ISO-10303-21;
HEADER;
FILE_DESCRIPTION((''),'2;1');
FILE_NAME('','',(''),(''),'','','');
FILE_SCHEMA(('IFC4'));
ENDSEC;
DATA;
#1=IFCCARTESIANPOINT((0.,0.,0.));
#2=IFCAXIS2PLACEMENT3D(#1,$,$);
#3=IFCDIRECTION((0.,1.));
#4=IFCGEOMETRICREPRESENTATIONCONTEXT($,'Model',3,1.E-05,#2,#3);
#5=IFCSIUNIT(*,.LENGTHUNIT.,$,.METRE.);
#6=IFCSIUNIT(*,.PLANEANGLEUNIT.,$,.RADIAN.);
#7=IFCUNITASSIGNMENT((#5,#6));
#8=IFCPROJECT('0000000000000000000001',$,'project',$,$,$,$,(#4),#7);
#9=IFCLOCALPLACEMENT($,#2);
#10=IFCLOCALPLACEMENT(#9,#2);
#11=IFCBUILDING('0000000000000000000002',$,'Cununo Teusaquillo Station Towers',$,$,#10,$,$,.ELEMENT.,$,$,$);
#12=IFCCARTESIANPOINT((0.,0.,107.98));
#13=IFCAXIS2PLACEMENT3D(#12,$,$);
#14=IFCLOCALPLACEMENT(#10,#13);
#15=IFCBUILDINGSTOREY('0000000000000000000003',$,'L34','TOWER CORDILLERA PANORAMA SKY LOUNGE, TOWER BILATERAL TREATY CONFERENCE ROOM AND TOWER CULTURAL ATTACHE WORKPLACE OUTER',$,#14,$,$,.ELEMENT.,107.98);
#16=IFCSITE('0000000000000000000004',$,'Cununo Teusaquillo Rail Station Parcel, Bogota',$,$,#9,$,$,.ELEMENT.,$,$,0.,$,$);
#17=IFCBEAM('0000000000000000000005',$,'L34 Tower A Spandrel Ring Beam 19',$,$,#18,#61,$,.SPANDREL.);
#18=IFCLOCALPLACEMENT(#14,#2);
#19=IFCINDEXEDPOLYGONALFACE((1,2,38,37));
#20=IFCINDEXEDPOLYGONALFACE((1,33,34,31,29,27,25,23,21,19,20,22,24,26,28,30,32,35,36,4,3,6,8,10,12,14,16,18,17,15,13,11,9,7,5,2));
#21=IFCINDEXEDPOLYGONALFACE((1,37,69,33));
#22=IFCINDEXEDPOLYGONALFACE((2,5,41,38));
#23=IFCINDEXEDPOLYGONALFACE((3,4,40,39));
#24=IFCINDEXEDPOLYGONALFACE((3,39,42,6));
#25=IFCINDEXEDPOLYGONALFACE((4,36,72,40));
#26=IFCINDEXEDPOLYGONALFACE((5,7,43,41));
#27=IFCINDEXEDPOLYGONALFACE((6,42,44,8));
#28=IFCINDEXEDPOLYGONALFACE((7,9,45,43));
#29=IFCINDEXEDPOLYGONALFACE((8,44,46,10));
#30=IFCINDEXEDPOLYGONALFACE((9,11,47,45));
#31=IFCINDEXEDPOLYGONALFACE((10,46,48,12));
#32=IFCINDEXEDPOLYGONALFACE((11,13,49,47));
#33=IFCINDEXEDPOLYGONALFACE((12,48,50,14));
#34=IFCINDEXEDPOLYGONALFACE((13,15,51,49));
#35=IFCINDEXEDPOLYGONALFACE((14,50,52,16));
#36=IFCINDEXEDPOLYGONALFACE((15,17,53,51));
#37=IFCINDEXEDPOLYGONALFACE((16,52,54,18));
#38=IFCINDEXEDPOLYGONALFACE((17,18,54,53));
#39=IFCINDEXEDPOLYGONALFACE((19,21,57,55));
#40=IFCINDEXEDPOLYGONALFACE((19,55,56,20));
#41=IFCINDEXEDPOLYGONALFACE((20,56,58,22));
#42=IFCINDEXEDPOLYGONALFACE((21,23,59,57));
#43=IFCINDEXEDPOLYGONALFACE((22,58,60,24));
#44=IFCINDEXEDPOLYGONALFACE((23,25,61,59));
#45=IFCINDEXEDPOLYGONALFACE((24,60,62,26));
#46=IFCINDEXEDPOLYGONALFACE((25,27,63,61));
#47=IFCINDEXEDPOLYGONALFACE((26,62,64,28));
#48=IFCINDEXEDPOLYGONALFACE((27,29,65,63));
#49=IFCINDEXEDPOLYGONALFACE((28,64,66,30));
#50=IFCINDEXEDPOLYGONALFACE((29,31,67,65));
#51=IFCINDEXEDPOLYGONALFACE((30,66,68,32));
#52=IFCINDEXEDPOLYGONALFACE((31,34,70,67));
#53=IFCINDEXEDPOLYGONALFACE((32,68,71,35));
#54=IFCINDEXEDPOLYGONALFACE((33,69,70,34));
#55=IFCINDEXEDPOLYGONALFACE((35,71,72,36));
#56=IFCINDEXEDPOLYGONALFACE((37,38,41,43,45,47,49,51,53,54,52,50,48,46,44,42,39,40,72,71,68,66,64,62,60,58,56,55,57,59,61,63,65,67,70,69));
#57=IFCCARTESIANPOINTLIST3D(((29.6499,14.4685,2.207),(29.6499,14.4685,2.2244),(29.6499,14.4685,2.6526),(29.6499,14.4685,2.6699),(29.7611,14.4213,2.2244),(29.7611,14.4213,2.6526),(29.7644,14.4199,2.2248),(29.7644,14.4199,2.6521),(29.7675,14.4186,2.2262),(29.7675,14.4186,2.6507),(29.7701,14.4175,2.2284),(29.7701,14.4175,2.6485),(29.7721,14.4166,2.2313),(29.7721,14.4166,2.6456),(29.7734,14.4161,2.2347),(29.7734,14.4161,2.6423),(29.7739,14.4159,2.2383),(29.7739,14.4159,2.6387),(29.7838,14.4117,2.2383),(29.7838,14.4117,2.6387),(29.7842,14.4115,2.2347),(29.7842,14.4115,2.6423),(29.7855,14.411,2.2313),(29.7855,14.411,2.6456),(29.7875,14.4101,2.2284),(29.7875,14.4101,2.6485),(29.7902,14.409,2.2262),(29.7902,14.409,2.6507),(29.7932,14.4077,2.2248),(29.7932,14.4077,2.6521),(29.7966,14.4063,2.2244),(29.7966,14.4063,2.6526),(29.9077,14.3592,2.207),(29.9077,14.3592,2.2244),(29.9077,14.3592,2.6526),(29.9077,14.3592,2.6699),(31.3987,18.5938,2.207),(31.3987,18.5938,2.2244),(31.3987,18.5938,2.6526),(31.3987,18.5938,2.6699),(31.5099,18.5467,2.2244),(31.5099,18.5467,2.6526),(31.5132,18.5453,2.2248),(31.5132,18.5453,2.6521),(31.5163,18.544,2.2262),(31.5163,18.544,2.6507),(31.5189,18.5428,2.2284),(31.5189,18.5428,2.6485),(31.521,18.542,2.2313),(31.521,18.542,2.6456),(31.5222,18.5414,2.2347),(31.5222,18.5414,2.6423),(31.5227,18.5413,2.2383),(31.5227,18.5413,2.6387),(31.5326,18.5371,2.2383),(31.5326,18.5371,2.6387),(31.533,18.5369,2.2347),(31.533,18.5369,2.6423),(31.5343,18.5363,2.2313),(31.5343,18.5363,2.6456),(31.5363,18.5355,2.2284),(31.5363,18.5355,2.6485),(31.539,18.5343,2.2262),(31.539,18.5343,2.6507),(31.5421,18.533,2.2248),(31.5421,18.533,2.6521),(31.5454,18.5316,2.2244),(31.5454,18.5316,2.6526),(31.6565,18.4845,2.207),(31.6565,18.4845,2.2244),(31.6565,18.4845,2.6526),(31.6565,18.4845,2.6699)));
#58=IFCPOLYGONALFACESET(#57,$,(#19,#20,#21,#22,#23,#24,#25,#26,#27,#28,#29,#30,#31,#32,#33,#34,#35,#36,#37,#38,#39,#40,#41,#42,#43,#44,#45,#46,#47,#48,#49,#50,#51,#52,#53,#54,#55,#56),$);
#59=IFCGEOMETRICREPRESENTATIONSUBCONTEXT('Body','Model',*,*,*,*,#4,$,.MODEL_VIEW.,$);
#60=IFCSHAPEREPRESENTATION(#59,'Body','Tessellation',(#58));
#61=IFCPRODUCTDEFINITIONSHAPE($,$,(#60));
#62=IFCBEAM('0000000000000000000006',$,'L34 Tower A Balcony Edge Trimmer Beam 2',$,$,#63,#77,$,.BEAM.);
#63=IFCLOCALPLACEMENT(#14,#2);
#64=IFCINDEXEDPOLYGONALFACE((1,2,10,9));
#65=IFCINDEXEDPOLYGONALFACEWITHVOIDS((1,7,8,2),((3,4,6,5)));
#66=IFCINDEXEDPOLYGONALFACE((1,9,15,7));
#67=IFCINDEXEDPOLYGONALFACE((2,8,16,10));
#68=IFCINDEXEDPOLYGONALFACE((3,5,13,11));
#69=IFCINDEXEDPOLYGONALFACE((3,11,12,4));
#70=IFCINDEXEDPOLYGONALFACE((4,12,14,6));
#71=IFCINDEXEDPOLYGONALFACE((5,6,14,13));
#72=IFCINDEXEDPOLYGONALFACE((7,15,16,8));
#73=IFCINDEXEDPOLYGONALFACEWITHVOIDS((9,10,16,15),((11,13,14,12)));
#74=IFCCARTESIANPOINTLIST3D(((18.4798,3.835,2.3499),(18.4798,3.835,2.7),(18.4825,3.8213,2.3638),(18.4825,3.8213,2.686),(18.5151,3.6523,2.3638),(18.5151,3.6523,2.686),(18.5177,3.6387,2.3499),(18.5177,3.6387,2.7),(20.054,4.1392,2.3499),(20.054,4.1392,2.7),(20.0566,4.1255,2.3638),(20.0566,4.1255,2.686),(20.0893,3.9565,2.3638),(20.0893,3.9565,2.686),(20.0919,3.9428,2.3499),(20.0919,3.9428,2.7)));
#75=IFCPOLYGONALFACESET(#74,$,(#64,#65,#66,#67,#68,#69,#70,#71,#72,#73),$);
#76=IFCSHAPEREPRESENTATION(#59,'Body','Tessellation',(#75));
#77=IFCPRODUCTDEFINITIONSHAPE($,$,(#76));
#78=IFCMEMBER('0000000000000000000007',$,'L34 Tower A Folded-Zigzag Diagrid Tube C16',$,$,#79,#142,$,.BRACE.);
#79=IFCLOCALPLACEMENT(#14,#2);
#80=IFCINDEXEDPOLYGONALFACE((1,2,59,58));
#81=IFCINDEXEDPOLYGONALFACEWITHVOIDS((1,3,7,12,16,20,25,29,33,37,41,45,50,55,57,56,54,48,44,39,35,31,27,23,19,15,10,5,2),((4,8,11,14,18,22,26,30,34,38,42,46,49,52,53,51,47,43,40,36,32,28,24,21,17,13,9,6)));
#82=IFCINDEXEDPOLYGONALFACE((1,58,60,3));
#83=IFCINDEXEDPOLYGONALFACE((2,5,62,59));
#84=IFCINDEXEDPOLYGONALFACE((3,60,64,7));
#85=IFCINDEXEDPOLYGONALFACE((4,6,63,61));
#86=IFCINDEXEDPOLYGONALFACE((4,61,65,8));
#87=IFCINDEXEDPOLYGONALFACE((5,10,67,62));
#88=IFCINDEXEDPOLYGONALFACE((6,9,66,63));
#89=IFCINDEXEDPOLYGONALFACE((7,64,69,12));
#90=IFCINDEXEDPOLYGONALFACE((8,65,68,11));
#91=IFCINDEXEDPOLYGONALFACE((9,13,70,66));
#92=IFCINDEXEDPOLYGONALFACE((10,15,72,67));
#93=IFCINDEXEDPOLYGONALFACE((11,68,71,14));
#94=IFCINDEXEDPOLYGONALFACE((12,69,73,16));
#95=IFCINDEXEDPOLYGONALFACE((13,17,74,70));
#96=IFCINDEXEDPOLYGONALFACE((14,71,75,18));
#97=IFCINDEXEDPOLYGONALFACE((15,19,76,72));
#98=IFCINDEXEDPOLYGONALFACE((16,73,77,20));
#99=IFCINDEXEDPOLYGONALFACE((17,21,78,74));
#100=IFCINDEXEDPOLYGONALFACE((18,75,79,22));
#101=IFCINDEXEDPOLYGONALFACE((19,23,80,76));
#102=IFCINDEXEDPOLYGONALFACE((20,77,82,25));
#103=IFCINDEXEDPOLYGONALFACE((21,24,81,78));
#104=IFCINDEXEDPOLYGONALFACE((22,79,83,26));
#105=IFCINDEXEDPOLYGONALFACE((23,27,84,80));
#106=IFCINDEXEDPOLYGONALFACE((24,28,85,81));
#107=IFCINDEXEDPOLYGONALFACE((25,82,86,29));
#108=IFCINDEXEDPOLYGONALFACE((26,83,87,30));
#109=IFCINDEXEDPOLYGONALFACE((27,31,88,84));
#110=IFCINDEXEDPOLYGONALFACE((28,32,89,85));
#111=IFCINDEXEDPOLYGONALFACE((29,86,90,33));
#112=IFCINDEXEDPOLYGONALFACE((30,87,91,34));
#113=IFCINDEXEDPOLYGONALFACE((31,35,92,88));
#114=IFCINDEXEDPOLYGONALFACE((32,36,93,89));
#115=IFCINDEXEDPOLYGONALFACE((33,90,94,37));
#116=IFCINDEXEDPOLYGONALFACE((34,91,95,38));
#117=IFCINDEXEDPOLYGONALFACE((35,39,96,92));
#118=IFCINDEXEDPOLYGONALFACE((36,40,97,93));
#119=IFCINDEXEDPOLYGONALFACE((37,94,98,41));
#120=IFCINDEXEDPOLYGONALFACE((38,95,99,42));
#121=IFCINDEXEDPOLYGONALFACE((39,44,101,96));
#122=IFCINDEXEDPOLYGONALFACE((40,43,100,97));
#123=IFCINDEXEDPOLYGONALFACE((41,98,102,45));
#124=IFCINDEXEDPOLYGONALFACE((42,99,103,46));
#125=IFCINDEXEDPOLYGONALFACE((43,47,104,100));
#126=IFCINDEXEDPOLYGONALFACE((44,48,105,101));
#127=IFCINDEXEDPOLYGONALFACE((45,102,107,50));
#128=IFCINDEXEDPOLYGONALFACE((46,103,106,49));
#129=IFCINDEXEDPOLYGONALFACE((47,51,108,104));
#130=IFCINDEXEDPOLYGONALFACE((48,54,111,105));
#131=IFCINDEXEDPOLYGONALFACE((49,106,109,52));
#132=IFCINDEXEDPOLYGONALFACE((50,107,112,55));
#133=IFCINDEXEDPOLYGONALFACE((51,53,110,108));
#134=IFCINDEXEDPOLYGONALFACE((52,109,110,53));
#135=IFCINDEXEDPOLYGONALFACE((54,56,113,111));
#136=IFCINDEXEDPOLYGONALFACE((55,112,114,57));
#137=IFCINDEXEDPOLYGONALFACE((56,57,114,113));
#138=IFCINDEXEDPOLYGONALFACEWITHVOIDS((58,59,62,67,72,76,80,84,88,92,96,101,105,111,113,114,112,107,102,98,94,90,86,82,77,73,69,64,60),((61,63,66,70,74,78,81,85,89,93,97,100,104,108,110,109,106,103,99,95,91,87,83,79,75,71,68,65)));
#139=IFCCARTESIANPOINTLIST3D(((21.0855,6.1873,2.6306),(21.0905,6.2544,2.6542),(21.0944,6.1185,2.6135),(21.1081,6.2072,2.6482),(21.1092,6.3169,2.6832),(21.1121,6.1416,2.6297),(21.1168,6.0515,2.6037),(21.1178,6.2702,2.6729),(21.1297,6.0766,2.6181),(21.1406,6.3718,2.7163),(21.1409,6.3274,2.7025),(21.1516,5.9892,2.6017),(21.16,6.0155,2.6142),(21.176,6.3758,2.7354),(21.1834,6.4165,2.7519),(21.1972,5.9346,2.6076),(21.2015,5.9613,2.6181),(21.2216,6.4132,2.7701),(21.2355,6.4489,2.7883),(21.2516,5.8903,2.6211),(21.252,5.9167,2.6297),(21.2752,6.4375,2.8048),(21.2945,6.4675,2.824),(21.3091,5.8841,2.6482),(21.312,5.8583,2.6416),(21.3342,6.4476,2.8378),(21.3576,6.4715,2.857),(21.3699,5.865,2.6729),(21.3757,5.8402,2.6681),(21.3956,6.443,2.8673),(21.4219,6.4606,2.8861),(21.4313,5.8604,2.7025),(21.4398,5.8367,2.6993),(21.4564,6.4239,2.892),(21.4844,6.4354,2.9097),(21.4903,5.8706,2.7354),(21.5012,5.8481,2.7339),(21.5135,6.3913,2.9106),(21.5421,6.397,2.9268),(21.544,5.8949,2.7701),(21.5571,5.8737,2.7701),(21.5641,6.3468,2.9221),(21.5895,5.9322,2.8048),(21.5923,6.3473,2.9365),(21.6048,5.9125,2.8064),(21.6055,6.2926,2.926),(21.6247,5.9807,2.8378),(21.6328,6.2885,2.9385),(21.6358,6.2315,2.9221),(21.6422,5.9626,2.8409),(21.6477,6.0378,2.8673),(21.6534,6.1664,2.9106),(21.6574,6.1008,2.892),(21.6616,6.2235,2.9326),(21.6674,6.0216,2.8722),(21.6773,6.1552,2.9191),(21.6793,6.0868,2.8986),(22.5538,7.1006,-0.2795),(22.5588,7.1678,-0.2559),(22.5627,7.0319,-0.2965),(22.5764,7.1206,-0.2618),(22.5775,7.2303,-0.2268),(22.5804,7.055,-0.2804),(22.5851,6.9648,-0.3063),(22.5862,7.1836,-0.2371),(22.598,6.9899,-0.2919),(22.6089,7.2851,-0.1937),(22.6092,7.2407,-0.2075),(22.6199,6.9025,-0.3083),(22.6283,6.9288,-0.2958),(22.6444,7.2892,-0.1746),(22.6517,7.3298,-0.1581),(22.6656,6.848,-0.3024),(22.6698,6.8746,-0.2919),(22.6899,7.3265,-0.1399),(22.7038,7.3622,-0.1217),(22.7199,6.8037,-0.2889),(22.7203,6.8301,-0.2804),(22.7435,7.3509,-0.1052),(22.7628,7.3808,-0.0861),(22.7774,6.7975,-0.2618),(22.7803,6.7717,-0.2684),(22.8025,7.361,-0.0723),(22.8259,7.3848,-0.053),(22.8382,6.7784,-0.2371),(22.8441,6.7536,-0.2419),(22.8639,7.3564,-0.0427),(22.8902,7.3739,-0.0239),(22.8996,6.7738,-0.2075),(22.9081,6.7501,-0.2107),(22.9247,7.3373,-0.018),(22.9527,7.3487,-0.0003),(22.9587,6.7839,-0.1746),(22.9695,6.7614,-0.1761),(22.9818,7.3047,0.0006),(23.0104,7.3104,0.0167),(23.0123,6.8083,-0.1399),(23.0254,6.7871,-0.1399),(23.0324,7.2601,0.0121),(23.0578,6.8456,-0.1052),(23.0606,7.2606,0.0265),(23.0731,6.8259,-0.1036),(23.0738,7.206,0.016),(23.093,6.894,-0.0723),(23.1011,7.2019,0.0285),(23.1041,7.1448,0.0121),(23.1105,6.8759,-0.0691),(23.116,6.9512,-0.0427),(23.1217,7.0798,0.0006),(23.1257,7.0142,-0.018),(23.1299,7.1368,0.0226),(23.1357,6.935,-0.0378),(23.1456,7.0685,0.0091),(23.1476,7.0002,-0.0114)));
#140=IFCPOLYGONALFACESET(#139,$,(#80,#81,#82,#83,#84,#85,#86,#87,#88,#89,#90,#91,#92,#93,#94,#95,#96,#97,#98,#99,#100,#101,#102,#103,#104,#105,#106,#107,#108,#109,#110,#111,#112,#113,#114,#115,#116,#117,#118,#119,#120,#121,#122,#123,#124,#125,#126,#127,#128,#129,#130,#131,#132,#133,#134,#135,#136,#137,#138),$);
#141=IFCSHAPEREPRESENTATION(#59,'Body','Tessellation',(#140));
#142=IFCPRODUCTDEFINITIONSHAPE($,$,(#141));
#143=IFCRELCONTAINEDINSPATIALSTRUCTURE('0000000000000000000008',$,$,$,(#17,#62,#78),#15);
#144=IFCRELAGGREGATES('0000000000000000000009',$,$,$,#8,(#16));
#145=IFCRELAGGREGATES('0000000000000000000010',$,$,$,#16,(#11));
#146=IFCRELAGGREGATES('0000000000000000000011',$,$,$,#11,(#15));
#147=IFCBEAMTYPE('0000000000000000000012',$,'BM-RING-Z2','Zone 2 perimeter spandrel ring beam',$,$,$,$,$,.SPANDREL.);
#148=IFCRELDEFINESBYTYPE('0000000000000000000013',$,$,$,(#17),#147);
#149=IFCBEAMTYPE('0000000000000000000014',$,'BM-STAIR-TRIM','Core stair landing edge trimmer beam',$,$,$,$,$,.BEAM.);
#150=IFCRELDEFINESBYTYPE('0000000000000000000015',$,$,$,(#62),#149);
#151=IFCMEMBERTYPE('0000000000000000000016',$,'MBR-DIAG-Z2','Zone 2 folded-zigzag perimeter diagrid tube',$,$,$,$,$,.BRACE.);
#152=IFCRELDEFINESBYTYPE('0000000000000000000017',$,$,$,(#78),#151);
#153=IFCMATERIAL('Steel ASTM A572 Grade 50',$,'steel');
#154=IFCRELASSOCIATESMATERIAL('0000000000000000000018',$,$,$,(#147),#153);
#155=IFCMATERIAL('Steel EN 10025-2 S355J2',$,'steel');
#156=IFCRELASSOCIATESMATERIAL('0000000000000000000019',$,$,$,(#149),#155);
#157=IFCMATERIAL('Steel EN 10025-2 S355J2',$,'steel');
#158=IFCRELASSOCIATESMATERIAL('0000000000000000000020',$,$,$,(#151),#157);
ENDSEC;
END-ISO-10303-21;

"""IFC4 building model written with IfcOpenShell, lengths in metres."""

from ifc_helpers import new_model, si_unit, direction, frame, origin, origin_2d, place, context, subcontext, project, spatial, hollow_rectangle, hollow_circle, i_section, extrude, material, material_profile, profile_set, type_object, element, save


model = new_model("IFC4")

# Units and contexts
model_context = context("Model", 3, precision=1e-05, world=origin(), true_north=direction((0.0, 1.0)))
body_context = subcontext(model_context, "Body", "Model", "MODEL_VIEW")
ifc_project = project(units=[si_unit("LENGTHUNIT", "METRE"), si_unit("PLANEANGLEUNIT", "RADIAN")], contexts=[model_context])

# Site, building, storey
site_placement = place(None, origin())
site = spatial("IfcSite", under=ifc_project, at=site_placement, Name="Cununo Teusaquillo Rail Station Parcel, Bogota", CompositionType="ELEMENT", RefElevation=0.0)
building_placement = place(site_placement, origin())
building = spatial("IfcBuilding", under=site, at=building_placement, Name="Cununo Teusaquillo Station Towers", CompositionType="ELEMENT")
storey_placement = place(building_placement, frame((0.0, 0.0, 107.98)))
storey = spatial("IfcBuildingStorey", under=building, at=storey_placement, Name="L34", Description="TOWER CORDILLERA PANORAMA SKY LOUNGE, TOWER BILATERAL TREATY CONFERENCE ROOM AND TOWER CULTURAL ATTACHE WORKPLACE OUTER", CompositionType="ELEMENT", Elevation=107.98)

# Beams
ifc_material_1 = material(Name="Steel ASTM A572 Grade 50", Category="steel")
ifc_material_profile_1 = material_profile(ifc_material_1, i_section(OverallWidth=0.28, OverallDepth=0.4629, WebThickness=0.0107, FlangeThickness=0.0173, FilletRadius=0.0139, at=origin_2d()), Name="W18X76")
ifc_profile_set_1 = profile_set([ifc_material_profile_1], Name="Steel ASTM A572 Grade 50")
beam_type_1 = type_object("IfcBeamType", Name="BM-RING-Z2", Description="Zone 2 perimeter spandrel ring beam", PredefinedType="SPANDREL", material=ifc_profile_set_1)
beam_1_placement = place(storey_placement, frame((29.7788, 14.4138, 2.4385), z_axis=(0.390299, 0.920688, 0.0), x_axis=(-0.920688, 0.390299, 0.0)))
element("IfcBeam", 1, at=beam_1_placement, inside=storey, type_object=beam_type_1, Name="L34 Tower A Spandrel Ring Beam 19", PredefinedType="SPANDREL", context=body_context, shape_type="SweptSolid", body=[
    extrude(i_section(OverallWidth=0.28, OverallDepth=0.4629, WebThickness=0.0107, FlangeThickness=0.0173, FilletRadius=0.0139, at=origin_2d()), origin(), (0.0, 0.0, 1.0), 4.4807),
])
ifc_material_2 = material(Name="Steel EN 10025-2 S355J2", Category="steel")
ifc_material_profile_2 = material_profile(ifc_material_2, hollow_rectangle(XDim=0.2, YDim=0.3501, WallThickness=0.0139, at=origin_2d()), Name="RHS 350x200x14")
ifc_profile_set_2 = profile_set([ifc_material_profile_2], Name="Steel EN 10025-2 S355J2")
beam_type_2 = type_object("IfcBeamType", Name="BM-STAIR-TRIM", Description="Core stair landing edge trimmer beam", PredefinedType="BEAM", material=ifc_profile_set_2)
beam_2_placement = place(storey_placement, frame((18.4988, 3.7368, 2.5249), z_axis=(0.981837, 0.189728, 0.0), x_axis=(-0.189728, 0.981837, 0.0)))
element("IfcBeam", 2, at=beam_2_placement, inside=storey, type_object=beam_type_2, Name="L34 Tower A Balcony Edge Trimmer Beam 2", PredefinedType="BEAM", context=body_context, shape_type="SweptSolid", body=[
    extrude(hollow_rectangle(XDim=0.2, YDim=0.3501, WallThickness=0.0139, at=origin_2d()), origin(), (0.0, 0.0, 1.0), 1.6033),
])

# Member
ifc_material_3 = material(Name="Steel EN 10025-2 S355J2", Category="steel")
ifc_material_profile_3 = material_profile(ifc_material_3, hollow_circle(Radius=0.3301, WallThickness=0.0249, at=origin_2d()), Name="CHS 660x25")
ifc_profile_set_3 = profile_set([ifc_material_profile_3], Name="Steel EN 10025-2 S355J2")
member_type = type_object("IfcMemberType", Name="MBR-DIAG-Z2", Description="Zone 2 folded-zigzag perimeter diagrid tube", PredefinedType="BRACE", material=ifc_profile_set_3)
member_1_placement = place(storey_placement, frame((22.8511, 7.0674, -0.1399), z_axis=(-0.433768, -0.269825, 0.859674), x_axis=(0.528196, -0.849123, 0.0)))
element("IfcMember", 3, at=member_1_placement, inside=storey, type_object=member_type, Name="L34 Tower A Folded-Zigzag Diagrid Tube C16", PredefinedType="BRACE", context=body_context, shape_type="SweptSolid", body=[
    extrude(hollow_circle(Radius=0.3301, WallThickness=0.0249, at=origin_2d()), origin(), (0.0, 0.0, 1.0), 3.385),
])

save(model, "model.ifc")
